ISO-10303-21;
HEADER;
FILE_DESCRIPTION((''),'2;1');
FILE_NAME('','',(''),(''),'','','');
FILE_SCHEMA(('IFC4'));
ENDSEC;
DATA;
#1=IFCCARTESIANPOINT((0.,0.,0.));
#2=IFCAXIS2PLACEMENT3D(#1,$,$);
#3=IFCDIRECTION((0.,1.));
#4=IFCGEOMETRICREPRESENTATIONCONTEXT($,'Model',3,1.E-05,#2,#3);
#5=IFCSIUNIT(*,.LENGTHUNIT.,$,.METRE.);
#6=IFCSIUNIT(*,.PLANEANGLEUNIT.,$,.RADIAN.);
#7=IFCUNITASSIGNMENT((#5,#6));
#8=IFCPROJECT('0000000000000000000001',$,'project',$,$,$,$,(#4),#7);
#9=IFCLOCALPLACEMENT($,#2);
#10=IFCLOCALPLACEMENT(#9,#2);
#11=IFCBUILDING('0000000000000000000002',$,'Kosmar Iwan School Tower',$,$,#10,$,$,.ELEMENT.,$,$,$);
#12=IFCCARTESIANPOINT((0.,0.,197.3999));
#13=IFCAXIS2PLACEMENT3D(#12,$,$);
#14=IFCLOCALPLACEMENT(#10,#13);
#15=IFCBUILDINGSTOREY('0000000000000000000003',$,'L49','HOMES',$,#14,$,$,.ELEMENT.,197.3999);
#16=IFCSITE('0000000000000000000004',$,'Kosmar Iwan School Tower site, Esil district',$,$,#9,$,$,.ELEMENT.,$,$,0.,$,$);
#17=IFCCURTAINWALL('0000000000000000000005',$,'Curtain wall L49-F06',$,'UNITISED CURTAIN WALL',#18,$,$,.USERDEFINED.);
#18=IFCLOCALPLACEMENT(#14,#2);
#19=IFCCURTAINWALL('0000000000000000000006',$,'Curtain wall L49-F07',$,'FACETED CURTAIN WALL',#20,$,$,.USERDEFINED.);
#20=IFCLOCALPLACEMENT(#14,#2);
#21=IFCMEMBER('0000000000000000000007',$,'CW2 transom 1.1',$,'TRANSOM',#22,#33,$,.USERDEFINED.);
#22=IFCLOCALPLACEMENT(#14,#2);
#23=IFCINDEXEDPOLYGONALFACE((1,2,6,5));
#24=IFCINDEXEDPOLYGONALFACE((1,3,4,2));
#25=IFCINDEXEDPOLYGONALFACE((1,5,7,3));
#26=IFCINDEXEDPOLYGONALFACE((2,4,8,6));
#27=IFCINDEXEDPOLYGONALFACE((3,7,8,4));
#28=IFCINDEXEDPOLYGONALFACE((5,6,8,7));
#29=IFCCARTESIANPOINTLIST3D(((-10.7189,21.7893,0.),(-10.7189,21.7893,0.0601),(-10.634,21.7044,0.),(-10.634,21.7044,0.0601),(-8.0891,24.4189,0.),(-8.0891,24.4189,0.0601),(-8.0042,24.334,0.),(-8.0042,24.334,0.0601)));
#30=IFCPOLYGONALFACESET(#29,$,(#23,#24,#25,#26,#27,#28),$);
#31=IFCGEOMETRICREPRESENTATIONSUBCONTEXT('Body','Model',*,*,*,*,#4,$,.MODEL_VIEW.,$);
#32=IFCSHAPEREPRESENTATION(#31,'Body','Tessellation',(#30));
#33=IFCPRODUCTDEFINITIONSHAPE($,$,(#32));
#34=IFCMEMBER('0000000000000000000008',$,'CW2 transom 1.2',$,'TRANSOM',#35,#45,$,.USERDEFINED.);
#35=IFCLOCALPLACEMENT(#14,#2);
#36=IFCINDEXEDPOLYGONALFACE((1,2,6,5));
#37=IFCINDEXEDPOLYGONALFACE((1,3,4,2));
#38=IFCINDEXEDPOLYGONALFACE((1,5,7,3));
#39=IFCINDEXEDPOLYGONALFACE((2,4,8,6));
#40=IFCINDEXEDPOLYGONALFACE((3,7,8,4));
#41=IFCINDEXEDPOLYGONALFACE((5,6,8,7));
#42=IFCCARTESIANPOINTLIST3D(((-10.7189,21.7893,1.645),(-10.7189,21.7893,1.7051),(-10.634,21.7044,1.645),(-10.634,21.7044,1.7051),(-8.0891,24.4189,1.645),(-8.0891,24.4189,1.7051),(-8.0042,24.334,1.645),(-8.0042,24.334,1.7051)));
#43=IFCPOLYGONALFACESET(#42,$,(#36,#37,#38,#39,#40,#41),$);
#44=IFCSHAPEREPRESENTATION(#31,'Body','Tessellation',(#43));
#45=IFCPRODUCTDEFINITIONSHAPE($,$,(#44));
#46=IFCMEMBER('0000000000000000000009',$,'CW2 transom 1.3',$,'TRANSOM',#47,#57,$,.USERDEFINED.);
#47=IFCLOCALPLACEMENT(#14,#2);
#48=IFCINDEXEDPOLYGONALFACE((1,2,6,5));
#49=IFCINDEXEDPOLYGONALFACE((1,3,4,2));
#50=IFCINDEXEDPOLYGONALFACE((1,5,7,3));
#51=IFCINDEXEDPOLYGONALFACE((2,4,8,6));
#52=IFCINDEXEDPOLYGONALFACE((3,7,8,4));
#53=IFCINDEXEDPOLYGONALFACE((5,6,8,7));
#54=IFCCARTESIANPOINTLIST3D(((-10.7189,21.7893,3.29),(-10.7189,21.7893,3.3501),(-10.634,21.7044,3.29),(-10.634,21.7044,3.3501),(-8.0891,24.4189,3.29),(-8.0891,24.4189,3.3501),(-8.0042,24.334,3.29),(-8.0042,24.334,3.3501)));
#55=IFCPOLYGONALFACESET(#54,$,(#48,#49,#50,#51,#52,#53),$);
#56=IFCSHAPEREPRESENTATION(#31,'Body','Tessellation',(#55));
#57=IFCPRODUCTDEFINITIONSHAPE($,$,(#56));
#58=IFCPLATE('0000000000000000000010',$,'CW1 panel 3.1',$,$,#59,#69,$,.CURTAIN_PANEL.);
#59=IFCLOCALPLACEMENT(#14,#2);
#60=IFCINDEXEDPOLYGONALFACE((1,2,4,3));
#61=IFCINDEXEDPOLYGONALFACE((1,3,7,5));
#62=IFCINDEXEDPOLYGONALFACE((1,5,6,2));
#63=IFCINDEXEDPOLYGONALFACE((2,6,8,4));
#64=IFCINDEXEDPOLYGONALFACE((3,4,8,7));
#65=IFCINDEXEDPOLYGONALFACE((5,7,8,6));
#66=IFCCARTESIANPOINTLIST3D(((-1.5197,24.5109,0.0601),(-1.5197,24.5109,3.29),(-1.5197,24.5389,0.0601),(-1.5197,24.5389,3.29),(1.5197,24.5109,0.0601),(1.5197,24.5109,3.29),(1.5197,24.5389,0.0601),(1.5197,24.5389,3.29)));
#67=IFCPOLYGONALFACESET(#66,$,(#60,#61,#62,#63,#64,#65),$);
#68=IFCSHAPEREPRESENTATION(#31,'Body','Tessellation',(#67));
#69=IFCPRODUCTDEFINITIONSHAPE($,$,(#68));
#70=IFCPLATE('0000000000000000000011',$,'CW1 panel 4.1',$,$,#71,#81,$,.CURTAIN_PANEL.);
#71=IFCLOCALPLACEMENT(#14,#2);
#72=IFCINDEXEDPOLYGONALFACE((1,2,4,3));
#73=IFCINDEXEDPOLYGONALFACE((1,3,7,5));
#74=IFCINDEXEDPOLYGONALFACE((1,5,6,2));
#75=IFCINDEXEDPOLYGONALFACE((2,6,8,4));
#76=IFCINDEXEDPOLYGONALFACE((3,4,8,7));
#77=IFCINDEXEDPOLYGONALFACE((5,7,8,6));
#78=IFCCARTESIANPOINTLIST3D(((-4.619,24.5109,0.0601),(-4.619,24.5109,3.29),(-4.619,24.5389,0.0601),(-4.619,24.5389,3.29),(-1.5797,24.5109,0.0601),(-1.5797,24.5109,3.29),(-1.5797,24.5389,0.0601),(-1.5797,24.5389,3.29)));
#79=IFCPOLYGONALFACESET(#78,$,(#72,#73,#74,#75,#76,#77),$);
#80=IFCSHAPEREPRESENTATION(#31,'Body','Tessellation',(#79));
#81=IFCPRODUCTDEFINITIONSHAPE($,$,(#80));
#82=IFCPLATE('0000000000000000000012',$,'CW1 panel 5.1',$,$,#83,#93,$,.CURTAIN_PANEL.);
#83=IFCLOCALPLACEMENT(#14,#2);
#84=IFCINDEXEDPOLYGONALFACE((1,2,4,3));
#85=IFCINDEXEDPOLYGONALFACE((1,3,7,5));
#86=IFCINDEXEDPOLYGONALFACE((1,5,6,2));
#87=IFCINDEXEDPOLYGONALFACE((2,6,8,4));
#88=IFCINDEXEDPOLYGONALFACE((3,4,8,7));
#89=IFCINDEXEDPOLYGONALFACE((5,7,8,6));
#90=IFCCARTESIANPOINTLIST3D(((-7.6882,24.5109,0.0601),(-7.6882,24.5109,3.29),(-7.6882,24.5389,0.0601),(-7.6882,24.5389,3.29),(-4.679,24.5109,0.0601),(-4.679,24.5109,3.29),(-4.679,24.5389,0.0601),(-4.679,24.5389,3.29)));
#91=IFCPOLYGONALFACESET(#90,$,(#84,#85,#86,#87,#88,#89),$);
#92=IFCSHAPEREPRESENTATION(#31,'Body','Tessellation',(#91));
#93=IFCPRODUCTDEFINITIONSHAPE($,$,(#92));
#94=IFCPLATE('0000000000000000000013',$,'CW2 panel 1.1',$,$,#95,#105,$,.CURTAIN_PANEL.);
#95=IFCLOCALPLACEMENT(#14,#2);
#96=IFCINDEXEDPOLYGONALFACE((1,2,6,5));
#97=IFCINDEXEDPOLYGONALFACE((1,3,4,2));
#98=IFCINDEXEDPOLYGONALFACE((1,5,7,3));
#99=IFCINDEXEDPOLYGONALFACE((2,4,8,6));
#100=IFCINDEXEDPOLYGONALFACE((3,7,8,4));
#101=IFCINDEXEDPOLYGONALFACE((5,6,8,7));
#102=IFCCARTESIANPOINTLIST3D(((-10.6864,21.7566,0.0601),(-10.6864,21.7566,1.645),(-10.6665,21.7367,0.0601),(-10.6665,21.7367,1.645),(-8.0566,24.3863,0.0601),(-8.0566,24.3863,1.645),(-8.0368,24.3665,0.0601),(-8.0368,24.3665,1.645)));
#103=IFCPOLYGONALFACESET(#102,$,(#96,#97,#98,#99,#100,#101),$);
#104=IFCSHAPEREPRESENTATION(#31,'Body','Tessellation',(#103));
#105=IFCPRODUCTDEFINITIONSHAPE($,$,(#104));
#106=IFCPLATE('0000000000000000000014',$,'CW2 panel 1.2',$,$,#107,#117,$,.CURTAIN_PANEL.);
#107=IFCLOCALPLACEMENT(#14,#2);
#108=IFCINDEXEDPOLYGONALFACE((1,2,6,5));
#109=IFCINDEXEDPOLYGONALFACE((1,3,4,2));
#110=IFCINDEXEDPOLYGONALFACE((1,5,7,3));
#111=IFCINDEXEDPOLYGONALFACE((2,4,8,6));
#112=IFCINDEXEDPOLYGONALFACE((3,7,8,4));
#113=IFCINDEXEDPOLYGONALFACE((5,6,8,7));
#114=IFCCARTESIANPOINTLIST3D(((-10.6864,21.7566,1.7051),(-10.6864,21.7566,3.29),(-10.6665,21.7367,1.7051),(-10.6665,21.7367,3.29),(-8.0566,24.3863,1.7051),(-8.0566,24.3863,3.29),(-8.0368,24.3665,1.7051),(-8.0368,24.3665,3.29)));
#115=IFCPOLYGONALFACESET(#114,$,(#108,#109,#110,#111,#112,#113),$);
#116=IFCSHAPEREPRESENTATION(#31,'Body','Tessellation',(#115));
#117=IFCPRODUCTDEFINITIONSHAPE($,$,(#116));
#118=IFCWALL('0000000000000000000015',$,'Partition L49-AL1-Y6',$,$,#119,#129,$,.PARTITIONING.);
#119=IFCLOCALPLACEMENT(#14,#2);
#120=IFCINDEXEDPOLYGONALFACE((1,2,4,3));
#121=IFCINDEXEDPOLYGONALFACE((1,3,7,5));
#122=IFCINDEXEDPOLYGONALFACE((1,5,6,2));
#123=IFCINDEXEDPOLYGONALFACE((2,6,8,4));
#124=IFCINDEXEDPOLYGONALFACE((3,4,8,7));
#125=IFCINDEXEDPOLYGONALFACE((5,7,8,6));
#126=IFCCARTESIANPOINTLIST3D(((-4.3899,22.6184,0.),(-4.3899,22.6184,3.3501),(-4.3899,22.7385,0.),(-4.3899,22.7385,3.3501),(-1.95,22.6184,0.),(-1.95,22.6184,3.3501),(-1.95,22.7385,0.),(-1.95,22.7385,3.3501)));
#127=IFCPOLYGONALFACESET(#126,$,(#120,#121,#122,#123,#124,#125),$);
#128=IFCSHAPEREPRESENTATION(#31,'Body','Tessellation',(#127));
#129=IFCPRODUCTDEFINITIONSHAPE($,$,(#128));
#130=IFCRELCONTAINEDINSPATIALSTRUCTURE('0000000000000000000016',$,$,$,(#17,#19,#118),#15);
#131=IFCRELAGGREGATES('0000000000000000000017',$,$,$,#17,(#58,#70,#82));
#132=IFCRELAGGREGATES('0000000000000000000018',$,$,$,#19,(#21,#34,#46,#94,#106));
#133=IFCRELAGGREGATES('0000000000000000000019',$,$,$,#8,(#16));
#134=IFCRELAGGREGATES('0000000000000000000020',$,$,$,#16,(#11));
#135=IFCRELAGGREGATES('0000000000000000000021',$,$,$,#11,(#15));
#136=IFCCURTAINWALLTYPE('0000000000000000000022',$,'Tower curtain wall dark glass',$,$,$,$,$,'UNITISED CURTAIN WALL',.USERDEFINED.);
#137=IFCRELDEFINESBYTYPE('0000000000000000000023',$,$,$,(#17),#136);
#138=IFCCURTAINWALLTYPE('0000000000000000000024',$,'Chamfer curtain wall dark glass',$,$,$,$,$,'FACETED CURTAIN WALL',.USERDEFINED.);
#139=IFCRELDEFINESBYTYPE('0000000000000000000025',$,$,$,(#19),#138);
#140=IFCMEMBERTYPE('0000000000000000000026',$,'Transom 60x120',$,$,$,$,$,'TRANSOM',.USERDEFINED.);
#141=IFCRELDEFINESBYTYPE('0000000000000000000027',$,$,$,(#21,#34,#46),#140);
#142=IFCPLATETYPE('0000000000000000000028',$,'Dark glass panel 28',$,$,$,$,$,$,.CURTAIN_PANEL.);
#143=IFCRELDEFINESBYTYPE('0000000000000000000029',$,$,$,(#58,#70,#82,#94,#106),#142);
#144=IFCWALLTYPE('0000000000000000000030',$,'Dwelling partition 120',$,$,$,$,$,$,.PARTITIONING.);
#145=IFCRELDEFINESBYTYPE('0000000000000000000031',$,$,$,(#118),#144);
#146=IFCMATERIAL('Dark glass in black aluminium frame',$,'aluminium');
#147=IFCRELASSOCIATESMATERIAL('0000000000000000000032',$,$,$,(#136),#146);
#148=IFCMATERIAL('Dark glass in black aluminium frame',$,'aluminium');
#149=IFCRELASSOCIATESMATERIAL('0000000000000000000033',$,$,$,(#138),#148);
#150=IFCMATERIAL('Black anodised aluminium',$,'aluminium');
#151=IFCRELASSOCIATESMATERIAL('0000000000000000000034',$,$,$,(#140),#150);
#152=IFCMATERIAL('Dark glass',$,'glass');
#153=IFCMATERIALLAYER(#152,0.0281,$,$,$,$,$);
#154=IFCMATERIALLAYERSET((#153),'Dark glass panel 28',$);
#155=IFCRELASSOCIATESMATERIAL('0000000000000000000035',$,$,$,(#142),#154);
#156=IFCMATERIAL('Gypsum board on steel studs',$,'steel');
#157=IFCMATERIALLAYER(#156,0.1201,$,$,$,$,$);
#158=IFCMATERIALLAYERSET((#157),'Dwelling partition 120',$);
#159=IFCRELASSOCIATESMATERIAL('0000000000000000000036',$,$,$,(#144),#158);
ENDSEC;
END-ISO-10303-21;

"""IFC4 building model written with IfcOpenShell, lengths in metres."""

from ifc_helpers import new_model, si_unit, direction, frame, frame_2d, origin, origin_2d, place, context, subcontext, project, spatial, rectangle, extrude, material, layer, layer_set, material_profile, profile_set, type_object, element, aggregate, save


model = new_model("IFC4")

# Units and contexts
model_context = context("Model", 3, precision=1e-05, world=origin(), true_north=direction((0.0, 1.0)))
body_context = subcontext(model_context, "Body", "Model", "MODEL_VIEW")
ifc_project = project(units=[si_unit("LENGTHUNIT", "METRE"), si_unit("PLANEANGLEUNIT", "RADIAN")], contexts=[model_context])

# Site, building, storey
site_placement = place(None, origin())
site = spatial("IfcSite", under=ifc_project, at=site_placement, Name="Kosmar Iwan School Tower site, Esil district", CompositionType="ELEMENT", RefElevation=0.0)
building_placement = place(site_placement, origin())
building = spatial("IfcBuilding", under=site, at=building_placement, Name="Kosmar Iwan School Tower", CompositionType="ELEMENT")
storey_placement = place(building_placement, frame((0.0, 0.0, 197.3999)))
storey = spatial("IfcBuildingStorey", under=building, at=storey_placement, Name="L49", Description="HOMES", CompositionType="ELEMENT", Elevation=197.3999)

# Curtain wall
ifc_material_1 = material(Name="Dark glass in black aluminium frame", Category="aluminium")
curtain_wall_type_1 = type_object("IfcCurtainWallType", Name="Tower curtain wall dark glass", ElementType="UNITISED CURTAIN WALL", PredefinedType="USERDEFINED", material=ifc_material_1)
curtain_wall_1_placement = place(storey_placement, origin())
curtain_wall_1 = element("IfcCurtainWall", 1, at=curtain_wall_1_placement, inside=storey, type_object=curtain_wall_type_1, Name="Curtain wall L49-F06", ObjectType="UNITISED CURTAIN WALL", PredefinedType="USERDEFINED")

# Curtain wall
ifc_material_2 = material(Name="Dark glass in black aluminium frame", Category="aluminium")
curtain_wall_type_2 = type_object("IfcCurtainWallType", Name="Chamfer curtain wall dark glass", ElementType="FACETED CURTAIN WALL", PredefinedType="USERDEFINED", material=ifc_material_2)
curtain_wall_2_placement = place(storey_placement, origin())
curtain_wall_2 = element("IfcCurtainWall", 2, at=curtain_wall_2_placement, inside=storey, type_object=curtain_wall_type_2, Name="Curtain wall L49-F07", ObjectType="FACETED CURTAIN WALL", PredefinedType="USERDEFINED")

# Members
ifc_material_3 = material(Name="Black anodised aluminium", Category="aluminium")
ifc_material_profile_1 = material_profile(ifc_material_3, rectangle(XDim=0.1201, YDim=0.0601, at=origin_2d()), Name="TRANSOM 60x120")
ifc_profile_set_1 = profile_set([ifc_material_profile_1], Name="Black anodised aluminium")
member_type_1 = type_object("IfcMemberType", Name="Transom 60x120", ElementType="TRANSOM", PredefinedType="USERDEFINED", material=ifc_profile_set_1)
member_1_placement = place(storey_placement, frame((-8.0466, 24.3765, 0.03), z_axis=(-0.70714, -0.707074, 0.0), x_axis=(0.707074, -0.70714, 0.0)))
member_1 = element("IfcMember", 3, at=member_1_placement, type_object=member_type_1, Name="CW2 transom 1.1", ObjectType="TRANSOM", PredefinedType="USERDEFINED", context=body_context, shape_type="SweptSolid", body=[
    extrude(rectangle(XDim=0.1201, YDim=0.0601, at=origin_2d()), origin(), (0.0, 0.0, 1.0), 3.719),
])
member_2_placement = place(storey_placement, frame((-8.0466, 24.3765, 1.675), z_axis=(-0.70714, -0.707074, 0.0), x_axis=(0.707074, -0.70714, 0.0)))
member_2 = element("IfcMember", 4, at=member_2_placement, type_object=member_type_1, Name="CW2 transom 1.2", ObjectType="TRANSOM", PredefinedType="USERDEFINED", context=body_context, shape_type="SweptSolid", body=[
    extrude(rectangle(XDim=0.1201, YDim=0.0601, at=origin_2d()), origin(), (0.0, 0.0, 1.0), 3.719),
])
member_3_placement = place(storey_placement, frame((-8.0466, 24.3765, 3.3201), z_axis=(-0.70714, -0.707074, 0.0), x_axis=(0.707074, -0.70714, 0.0)))
member_3 = element("IfcMember", 5, at=member_3_placement, type_object=member_type_1, Name="CW2 transom 1.3", ObjectType="TRANSOM", PredefinedType="USERDEFINED", context=body_context, shape_type="SweptSolid", body=[
    extrude(rectangle(XDim=0.1201, YDim=0.0601, at=origin_2d()), origin(), (0.0, 0.0, 1.0), 3.719),
])

# Plates
ifc_material_4 = material(Name="Dark glass", Category="glass")
ifc_layer_1 = layer(ifc_material_4, 0.0281)
ifc_layer_set_1 = layer_set([ifc_layer_1], Name="Dark glass panel 28")
plate_type = type_object("IfcPlateType", Name="Dark glass panel 28", PredefinedType="CURTAIN_PANEL", material=ifc_layer_set_1)
plate_1_placement = place(storey_placement, frame((0.0, 24.5249, 0.0601), z_axis=(0.0, 0.0, 1.0), x_axis=(-1.0, 0.0, 0.0)))
plate_1 = element("IfcPlate", 6, at=plate_1_placement, type_object=plate_type, Name="CW1 panel 3.1", PredefinedType="CURTAIN_PANEL", context=body_context, shape_type="SweptSolid", body=[
    extrude(rectangle(XDim=3.0393, YDim=0.0281, at=origin_2d()), origin(), (0.0, 0.0, 1.0), 3.23),
])
plate_2_placement = place(storey_placement, frame((-3.0994, 24.5249, 0.0601), z_axis=(0.0, 0.0, 1.0), x_axis=(-1.0, 0.0, 0.0)))
plate_2 = element("IfcPlate", 7, at=plate_2_placement, type_object=plate_type, Name="CW1 panel 4.1", PredefinedType="CURTAIN_PANEL", context=body_context, shape_type="SweptSolid", body=[
    extrude(rectangle(XDim=3.0393, YDim=0.0281, at=origin_2d()), origin(), (0.0, 0.0, 1.0), 3.23),
])
plate_3_placement = place(storey_placement, frame((-6.1836, 24.5249, 0.0601), z_axis=(0.0, 0.0, 1.0), x_axis=(-1.0, 0.0, 0.0)))
plate_3 = element("IfcPlate", 8, at=plate_3_placement, type_object=plate_type, Name="CW1 panel 5.1", PredefinedType="CURTAIN_PANEL", context=body_context, shape_type="SweptSolid", body=[
    extrude(rectangle(XDim=3.0093, YDim=0.0281, at=origin_2d()), origin(), (0.0, 0.0, 1.0), 3.23),
])
aggregate(curtain_wall_1, [plate_1, plate_2, plate_3])
plate_4_placement = place(storey_placement, frame((-9.3616, 23.0615, 0.0601), z_axis=(0.0, 0.0, 1.0), x_axis=(-0.707107, -0.707107, 0.0)))
plate_4 = element("IfcPlate", 9, at=plate_4_placement, type_object=plate_type, Name="CW2 panel 1.1", PredefinedType="CURTAIN_PANEL", context=body_context, shape_type="SweptSolid", body=[
    extrude(rectangle(XDim=3.719, YDim=0.0281, at=origin_2d()), origin(), (0.0, 0.0, 1.0), 1.585),
])
plate_5_placement = place(storey_placement, frame((-9.3616, 23.0615, 1.7051), z_axis=(0.0, 0.0, 1.0), x_axis=(-0.707107, -0.707107, 0.0)))
plate_5 = element("IfcPlate", 10, at=plate_5_placement, type_object=plate_type, Name="CW2 panel 1.2", PredefinedType="CURTAIN_PANEL", context=body_context, shape_type="SweptSolid", body=[
    extrude(rectangle(XDim=3.719, YDim=0.0281, at=origin_2d()), origin(), (0.0, 0.0, 1.0), 1.585),
])
aggregate(curtain_wall_2, [member_1, member_2, member_3, plate_4, plate_5])

# Wall
ifc_material_5 = material(Name="Gypsum board on steel studs", Category="steel")
ifc_layer_2 = layer(ifc_material_5, 0.1201)
ifc_layer_set_2 = layer_set([ifc_layer_2], Name="Dwelling partition 120")
wall_type = type_object("IfcWallType", Name="Dwelling partition 120", PredefinedType="PARTITIONING", material=ifc_layer_set_2)
wall_placement = place(storey_placement, frame((-1.95, 22.6785, 0.0), z_axis=(0.0, 0.0, 1.0), x_axis=(-1.0, 0.0, 0.0)))
element("IfcWall", 11, at=wall_placement, inside=storey, type_object=wall_type, Name="Partition L49-AL1-Y6", PredefinedType="PARTITIONING", context=body_context, shape_type="SweptSolid", body=[
    extrude(rectangle(XDim=2.4399, YDim=0.1201, at=frame_2d((1.22, 0.0))), origin(), (0.0, 0.0, 1.0), 3.3501),
])

save(model, "model.ifc")
